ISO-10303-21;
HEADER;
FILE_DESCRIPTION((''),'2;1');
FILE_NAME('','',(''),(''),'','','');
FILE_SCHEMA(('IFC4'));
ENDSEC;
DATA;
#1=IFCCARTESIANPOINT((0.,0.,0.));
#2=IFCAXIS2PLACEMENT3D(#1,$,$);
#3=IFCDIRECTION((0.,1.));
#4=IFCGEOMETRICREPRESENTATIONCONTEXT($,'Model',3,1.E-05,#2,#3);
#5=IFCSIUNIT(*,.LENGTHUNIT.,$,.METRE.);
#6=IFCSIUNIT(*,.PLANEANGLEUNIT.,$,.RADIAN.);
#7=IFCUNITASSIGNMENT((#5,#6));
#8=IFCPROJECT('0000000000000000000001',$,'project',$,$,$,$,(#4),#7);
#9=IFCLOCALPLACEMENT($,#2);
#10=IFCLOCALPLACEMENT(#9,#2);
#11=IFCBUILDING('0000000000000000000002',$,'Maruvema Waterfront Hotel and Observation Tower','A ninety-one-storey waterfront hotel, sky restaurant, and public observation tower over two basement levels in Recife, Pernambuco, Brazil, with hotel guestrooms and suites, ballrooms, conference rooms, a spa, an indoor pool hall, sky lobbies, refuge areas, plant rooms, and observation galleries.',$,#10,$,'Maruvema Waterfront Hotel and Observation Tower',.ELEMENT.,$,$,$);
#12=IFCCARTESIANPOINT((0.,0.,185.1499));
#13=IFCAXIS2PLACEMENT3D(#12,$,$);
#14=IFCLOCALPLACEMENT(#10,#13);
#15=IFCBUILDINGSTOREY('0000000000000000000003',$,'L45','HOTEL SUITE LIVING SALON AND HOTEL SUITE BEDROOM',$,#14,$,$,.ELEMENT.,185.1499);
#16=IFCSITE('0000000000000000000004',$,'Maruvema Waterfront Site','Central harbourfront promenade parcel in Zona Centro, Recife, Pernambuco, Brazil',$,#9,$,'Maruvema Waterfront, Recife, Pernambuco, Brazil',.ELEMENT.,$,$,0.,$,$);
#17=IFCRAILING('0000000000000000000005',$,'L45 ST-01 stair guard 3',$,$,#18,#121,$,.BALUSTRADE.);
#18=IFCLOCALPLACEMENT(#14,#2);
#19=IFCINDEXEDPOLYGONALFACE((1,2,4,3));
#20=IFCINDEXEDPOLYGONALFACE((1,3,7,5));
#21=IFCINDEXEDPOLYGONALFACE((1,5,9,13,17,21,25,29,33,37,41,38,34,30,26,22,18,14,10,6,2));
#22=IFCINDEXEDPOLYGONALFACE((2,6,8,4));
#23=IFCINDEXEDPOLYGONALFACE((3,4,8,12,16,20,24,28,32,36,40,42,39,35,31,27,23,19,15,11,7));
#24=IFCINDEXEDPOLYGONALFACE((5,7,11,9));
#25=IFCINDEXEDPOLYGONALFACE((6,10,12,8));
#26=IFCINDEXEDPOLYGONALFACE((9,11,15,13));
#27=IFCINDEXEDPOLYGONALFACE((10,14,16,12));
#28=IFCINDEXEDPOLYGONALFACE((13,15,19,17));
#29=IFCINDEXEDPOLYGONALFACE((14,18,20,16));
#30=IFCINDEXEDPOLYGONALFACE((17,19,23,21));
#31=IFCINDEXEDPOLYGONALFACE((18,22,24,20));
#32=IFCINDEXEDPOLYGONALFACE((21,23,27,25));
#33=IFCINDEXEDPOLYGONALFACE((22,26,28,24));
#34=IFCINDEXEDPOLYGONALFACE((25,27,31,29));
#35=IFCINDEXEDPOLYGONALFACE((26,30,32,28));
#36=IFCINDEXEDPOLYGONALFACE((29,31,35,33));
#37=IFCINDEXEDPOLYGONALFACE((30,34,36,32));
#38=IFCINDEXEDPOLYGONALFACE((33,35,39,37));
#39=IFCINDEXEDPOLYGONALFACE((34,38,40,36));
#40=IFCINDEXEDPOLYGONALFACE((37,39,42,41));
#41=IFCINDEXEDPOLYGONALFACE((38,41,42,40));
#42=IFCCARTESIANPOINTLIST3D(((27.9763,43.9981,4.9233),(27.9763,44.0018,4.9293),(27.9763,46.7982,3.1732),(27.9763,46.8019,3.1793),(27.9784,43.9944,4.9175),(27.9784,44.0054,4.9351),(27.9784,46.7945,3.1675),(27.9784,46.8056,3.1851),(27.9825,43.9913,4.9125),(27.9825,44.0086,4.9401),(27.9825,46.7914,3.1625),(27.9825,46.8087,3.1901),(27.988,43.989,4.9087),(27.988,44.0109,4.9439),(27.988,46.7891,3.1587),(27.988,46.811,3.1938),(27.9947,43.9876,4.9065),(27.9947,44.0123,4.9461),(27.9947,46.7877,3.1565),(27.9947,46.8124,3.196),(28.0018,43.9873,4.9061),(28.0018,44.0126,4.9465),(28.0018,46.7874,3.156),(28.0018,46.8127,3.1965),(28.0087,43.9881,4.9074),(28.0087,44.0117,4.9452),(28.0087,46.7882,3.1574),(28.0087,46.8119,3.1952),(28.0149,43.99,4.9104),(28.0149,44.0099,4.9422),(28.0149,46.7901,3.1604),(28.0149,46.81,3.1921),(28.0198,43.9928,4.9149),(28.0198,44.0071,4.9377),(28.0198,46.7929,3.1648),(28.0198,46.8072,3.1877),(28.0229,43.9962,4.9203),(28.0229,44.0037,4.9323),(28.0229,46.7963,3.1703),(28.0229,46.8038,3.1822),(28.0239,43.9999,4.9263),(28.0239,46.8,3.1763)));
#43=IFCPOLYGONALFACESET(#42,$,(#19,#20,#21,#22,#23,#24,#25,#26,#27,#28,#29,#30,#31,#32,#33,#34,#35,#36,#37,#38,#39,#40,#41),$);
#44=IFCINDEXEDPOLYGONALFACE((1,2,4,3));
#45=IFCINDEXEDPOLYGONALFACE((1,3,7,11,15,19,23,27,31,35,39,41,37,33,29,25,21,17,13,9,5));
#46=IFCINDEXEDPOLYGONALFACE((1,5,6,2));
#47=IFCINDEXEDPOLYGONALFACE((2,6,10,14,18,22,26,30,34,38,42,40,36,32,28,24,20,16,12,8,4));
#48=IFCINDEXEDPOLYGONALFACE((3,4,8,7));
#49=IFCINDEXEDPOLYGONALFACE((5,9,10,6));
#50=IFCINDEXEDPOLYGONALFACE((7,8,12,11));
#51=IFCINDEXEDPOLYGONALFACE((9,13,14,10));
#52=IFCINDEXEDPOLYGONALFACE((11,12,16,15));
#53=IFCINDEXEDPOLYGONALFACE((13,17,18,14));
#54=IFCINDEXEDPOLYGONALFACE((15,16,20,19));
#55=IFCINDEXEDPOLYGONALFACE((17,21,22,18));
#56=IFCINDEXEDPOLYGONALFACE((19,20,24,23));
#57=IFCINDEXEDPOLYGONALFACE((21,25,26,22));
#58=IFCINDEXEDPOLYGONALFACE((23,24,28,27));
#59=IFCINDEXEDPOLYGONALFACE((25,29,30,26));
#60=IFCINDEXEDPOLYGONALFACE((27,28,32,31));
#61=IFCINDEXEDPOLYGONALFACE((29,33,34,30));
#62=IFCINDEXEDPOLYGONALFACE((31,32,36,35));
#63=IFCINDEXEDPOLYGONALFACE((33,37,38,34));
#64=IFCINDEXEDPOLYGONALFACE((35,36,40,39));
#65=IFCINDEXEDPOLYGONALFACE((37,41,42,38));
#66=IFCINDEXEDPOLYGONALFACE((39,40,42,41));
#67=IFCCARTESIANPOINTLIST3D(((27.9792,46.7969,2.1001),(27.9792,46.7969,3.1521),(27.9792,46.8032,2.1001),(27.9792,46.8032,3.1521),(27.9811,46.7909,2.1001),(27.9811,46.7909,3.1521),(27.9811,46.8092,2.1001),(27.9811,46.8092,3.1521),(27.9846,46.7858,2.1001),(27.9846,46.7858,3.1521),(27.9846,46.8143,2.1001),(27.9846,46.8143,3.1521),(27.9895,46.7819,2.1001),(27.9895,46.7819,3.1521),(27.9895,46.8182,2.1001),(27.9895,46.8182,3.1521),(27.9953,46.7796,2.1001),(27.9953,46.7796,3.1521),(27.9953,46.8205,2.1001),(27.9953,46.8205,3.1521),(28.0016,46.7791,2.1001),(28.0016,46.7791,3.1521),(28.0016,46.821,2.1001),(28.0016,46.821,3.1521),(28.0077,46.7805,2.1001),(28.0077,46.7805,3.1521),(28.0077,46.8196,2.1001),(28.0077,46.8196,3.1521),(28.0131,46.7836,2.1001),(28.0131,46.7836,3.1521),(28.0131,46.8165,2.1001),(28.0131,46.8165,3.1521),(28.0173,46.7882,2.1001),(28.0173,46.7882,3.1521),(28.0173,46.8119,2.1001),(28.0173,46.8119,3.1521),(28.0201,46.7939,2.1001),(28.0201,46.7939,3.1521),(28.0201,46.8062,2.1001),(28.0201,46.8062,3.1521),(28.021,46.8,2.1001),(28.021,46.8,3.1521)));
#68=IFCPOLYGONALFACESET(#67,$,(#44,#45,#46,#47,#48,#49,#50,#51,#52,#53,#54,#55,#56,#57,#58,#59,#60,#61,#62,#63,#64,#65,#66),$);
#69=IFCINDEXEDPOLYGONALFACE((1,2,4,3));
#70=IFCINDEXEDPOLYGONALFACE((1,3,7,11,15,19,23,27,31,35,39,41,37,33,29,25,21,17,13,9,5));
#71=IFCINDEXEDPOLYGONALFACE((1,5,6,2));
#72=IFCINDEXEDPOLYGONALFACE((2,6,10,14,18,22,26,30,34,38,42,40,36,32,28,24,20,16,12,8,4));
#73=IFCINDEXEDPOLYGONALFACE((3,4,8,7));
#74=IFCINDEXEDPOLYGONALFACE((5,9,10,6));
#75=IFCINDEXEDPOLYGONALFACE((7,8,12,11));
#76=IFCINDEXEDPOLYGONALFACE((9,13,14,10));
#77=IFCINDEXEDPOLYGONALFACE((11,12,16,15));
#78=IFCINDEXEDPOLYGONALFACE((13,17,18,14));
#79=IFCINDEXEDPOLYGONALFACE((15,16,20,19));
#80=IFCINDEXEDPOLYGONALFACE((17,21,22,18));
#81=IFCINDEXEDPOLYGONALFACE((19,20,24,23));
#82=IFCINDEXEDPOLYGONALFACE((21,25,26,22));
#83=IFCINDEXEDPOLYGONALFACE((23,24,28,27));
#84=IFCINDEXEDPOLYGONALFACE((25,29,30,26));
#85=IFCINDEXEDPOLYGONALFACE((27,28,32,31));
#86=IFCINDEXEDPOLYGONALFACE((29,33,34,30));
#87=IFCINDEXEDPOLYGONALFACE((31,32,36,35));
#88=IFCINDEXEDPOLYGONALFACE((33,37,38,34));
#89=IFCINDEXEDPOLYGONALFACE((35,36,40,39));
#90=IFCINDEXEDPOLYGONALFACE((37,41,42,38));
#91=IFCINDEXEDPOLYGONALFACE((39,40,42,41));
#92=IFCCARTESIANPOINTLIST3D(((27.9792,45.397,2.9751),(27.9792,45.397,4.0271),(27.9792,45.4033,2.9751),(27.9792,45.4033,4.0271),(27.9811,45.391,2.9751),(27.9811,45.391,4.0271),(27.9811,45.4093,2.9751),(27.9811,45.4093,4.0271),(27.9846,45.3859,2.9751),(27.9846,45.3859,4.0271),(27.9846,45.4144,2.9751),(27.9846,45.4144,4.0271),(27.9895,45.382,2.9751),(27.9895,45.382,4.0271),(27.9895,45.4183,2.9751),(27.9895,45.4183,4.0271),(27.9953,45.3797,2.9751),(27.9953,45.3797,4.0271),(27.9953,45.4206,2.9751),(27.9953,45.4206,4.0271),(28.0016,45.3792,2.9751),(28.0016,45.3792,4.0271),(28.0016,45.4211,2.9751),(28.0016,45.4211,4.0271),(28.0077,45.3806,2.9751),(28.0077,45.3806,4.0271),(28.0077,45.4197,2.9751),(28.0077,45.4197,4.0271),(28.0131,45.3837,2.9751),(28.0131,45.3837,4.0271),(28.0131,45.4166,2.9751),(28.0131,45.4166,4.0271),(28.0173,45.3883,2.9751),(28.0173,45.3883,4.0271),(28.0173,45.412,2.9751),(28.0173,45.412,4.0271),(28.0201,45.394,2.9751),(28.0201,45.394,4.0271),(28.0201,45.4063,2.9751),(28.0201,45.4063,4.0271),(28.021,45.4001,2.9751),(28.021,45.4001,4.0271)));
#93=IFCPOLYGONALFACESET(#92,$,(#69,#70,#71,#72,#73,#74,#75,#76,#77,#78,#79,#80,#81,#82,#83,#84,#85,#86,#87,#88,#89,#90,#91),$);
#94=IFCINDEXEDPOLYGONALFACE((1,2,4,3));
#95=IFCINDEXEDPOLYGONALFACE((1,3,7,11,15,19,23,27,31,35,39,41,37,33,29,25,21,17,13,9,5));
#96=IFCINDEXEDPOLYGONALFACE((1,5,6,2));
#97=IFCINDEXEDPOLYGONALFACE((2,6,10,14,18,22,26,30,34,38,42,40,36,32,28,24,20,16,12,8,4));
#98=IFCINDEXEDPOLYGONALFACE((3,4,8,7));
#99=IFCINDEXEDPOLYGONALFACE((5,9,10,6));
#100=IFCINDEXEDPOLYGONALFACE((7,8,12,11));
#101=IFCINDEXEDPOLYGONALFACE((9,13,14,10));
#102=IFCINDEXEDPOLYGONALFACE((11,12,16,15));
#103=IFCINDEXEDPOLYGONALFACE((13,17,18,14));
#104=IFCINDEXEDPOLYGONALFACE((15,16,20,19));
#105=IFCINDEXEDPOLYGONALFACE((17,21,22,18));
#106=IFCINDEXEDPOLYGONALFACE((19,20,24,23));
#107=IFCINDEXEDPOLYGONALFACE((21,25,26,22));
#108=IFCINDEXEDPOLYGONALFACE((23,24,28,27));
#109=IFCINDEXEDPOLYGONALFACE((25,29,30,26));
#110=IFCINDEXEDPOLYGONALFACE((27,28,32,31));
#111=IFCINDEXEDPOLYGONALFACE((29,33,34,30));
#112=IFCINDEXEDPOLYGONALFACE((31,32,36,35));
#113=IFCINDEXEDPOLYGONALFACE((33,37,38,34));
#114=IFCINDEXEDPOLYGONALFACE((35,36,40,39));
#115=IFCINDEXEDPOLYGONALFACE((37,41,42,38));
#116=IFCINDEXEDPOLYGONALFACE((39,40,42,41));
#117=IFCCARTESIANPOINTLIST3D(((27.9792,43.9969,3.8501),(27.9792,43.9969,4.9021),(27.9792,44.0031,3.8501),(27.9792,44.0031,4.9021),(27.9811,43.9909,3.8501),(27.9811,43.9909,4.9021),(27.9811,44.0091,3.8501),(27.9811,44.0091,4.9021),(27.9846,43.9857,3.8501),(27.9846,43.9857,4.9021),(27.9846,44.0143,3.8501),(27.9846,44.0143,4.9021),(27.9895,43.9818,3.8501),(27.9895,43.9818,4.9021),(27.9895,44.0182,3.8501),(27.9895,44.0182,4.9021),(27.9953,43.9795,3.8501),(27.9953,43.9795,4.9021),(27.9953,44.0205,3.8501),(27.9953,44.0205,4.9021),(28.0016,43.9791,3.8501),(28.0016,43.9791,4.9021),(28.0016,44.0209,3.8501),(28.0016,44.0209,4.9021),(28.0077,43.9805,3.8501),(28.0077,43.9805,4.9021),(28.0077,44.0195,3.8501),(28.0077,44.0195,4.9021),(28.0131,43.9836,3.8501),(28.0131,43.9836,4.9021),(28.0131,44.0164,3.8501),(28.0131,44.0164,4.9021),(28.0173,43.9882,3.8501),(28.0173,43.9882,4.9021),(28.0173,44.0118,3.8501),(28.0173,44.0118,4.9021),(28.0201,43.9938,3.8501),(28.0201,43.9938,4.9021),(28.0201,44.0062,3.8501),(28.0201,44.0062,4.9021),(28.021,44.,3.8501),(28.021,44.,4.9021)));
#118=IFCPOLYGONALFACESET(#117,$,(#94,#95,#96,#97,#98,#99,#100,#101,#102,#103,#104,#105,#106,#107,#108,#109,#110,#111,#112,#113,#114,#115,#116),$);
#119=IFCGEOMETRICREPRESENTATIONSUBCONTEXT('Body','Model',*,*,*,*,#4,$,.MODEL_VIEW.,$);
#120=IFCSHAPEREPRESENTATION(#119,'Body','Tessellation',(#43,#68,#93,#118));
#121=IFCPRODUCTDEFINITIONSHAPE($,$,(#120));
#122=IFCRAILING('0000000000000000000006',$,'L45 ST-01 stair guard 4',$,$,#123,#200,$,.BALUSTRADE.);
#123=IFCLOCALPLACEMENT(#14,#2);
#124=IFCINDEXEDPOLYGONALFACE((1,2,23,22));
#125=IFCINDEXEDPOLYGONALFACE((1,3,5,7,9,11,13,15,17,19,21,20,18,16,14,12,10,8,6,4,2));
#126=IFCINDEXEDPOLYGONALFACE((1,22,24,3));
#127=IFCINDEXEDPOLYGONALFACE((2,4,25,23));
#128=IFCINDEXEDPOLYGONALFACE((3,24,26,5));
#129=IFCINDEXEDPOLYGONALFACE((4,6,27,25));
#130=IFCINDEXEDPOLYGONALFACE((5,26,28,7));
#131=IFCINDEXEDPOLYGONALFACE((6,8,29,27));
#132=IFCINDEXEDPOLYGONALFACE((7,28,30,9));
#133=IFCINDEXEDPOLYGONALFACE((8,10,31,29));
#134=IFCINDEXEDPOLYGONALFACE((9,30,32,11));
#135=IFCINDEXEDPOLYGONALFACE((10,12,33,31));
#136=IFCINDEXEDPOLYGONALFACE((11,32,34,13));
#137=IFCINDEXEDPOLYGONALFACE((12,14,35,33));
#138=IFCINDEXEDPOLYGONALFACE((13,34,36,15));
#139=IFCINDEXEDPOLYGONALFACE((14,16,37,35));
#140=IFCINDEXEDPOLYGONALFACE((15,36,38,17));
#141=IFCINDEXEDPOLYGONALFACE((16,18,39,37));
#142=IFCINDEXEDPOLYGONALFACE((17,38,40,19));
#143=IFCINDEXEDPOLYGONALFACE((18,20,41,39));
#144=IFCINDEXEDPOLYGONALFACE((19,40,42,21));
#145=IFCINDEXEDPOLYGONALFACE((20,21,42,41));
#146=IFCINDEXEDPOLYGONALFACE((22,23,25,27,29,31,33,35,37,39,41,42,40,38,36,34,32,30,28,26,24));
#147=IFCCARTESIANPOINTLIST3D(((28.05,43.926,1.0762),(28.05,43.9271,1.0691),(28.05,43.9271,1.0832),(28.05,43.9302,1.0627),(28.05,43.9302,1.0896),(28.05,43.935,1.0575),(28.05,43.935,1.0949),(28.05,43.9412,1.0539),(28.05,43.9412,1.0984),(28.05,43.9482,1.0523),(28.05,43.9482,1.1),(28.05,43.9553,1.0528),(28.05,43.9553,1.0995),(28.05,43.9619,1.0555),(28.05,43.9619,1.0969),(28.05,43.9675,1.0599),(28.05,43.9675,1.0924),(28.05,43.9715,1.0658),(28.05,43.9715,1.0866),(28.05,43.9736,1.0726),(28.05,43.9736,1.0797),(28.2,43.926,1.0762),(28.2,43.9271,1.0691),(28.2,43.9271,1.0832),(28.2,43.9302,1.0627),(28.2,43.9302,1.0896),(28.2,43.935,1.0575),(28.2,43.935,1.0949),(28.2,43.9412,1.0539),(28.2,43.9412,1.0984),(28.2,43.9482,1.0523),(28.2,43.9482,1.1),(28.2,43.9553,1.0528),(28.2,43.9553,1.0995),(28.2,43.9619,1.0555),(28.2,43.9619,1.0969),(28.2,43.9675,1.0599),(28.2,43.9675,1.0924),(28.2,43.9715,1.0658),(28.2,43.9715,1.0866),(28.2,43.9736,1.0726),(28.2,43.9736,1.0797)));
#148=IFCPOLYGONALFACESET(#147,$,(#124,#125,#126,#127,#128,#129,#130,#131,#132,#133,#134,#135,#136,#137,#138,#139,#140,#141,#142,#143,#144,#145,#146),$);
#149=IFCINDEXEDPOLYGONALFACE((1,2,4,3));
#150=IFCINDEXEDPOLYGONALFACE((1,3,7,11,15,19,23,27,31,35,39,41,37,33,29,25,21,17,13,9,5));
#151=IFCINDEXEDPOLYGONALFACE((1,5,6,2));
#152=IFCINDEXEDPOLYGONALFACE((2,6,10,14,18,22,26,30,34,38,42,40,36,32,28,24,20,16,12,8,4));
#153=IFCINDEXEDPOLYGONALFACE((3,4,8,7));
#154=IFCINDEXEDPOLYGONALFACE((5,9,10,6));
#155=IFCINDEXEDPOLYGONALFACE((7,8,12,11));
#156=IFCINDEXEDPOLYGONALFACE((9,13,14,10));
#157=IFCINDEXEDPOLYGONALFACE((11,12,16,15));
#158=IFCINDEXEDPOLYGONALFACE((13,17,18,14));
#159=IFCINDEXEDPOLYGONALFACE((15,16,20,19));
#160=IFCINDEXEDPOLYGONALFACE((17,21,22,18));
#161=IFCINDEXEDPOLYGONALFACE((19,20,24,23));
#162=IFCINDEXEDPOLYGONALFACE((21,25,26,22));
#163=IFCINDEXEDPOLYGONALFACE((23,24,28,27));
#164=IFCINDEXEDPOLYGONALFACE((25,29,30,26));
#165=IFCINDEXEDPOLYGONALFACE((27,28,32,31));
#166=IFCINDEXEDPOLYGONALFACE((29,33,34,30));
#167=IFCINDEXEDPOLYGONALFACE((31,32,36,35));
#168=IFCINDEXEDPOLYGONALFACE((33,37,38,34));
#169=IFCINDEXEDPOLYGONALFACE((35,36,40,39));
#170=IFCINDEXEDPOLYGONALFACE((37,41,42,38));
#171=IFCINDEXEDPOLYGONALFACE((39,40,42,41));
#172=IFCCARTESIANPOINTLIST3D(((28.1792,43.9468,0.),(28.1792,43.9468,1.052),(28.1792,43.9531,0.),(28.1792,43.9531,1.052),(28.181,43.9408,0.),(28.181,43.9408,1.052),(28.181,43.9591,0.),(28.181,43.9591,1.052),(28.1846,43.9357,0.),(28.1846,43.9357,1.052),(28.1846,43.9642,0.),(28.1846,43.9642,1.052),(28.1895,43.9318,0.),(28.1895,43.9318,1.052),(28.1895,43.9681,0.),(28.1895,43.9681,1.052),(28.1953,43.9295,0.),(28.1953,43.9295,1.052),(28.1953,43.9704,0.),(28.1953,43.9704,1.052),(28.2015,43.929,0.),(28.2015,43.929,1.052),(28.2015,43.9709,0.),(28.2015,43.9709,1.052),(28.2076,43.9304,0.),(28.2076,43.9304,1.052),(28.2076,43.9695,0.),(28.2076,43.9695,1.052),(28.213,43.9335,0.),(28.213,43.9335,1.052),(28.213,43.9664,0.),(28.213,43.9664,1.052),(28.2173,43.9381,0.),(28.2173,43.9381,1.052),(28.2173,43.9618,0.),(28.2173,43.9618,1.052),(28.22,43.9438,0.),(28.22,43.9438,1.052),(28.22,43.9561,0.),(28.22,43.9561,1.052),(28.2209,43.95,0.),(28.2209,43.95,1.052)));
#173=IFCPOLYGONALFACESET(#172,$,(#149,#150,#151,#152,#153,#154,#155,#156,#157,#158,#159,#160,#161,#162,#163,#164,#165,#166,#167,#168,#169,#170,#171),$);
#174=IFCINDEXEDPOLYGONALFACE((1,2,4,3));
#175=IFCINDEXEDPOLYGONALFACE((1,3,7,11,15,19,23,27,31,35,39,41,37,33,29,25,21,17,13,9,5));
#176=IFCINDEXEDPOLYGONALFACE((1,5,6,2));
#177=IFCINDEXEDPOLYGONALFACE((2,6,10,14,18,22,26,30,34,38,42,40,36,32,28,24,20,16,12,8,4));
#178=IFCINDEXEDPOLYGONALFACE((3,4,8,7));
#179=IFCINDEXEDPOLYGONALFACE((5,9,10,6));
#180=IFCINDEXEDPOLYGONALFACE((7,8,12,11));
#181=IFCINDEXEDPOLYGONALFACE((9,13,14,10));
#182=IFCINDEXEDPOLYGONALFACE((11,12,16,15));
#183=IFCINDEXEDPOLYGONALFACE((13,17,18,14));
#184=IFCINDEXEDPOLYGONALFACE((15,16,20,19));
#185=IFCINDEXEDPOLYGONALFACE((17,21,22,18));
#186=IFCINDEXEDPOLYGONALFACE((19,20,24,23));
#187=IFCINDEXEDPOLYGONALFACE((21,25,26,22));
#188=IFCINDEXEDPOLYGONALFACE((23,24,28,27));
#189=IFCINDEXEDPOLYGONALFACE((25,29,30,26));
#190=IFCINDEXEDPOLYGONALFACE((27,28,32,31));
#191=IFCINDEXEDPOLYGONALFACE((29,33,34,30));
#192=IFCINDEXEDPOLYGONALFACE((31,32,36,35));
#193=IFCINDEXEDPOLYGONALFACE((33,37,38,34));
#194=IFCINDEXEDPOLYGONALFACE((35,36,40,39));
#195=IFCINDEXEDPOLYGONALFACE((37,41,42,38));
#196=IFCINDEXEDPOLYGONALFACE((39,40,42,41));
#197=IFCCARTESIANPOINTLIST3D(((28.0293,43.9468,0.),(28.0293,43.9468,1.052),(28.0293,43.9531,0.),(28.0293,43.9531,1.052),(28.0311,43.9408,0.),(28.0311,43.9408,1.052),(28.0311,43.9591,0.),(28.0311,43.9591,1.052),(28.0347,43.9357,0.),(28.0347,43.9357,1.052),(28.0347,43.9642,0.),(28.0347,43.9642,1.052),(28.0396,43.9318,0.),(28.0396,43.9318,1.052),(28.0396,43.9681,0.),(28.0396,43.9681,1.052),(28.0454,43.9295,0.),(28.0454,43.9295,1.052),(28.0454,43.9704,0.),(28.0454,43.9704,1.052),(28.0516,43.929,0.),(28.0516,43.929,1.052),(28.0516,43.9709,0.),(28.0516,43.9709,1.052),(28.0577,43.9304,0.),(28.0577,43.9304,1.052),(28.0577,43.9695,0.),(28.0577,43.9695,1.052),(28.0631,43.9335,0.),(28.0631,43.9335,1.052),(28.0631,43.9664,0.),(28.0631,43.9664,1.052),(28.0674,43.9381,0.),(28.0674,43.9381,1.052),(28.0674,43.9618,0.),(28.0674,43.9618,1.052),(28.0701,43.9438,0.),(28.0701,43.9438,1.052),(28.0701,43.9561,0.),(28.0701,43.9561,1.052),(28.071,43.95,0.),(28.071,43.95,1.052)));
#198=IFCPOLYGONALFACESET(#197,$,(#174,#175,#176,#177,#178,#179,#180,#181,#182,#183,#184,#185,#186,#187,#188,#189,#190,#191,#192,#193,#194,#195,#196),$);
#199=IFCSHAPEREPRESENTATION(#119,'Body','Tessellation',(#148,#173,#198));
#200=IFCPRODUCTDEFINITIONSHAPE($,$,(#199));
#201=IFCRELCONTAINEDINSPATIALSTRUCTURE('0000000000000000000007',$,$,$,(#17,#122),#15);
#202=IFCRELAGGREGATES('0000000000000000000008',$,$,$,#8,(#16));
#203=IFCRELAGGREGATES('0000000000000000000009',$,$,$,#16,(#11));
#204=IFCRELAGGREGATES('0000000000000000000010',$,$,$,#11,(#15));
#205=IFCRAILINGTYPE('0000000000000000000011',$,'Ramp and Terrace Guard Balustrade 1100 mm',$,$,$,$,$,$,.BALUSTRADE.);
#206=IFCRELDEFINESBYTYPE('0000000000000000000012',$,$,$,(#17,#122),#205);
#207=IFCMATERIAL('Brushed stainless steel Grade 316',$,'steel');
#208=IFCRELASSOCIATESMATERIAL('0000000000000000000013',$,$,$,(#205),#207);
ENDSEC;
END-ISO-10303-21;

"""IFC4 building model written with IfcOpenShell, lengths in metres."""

from ifc_helpers import new_model, si_unit, direction, frame, origin, origin_2d, place, context, subcontext, project, spatial, circle, extrude, material, type_object, element, save


model = new_model("IFC4")

# Units and contexts
model_context = context("Model", 3, precision=1e-05, world=origin(), true_north=direction((0.0, 1.0)))
body_context = subcontext(model_context, "Body", "Model", "MODEL_VIEW")
ifc_project = project(units=[si_unit("LENGTHUNIT", "METRE"), si_unit("PLANEANGLEUNIT", "RADIAN")], contexts=[model_context])

# Site, building, storey
site_placement = place(None, origin())
site = spatial("IfcSite", under=ifc_project, at=site_placement, Name="Maruvema Waterfront Site", Description="Central harbourfront promenade parcel in Zona Centro, Recife, Pernambuco, Brazil", LongName="Maruvema Waterfront, Recife, Pernambuco, Brazil", CompositionType="ELEMENT", RefElevation=0.0)
building_placement = place(site_placement, origin())
building = spatial("IfcBuilding", under=site, at=building_placement, Name="Maruvema Waterfront Hotel and Observation Tower", Description="A ninety-one-storey waterfront hotel, sky restaurant, and public observation tower over two basement levels in Recife, Pernambuco, Brazil, with hotel guestrooms and suites, ballrooms, conference rooms, a spa, an indoor pool hall, sky lobbies, refuge areas, plant rooms, and observation galleries.", LongName="Maruvema Waterfront Hotel and Observation Tower", CompositionType="ELEMENT")
storey_placement = place(building_placement, frame((0.0, 0.0, 185.1499)))
storey = spatial("IfcBuildingStorey", under=building, at=storey_placement, Name="L45", Description="HOTEL SUITE LIVING SALON AND HOTEL SUITE BEDROOM", CompositionType="ELEMENT", Elevation=185.1499)

# Railings
ifc_material_1 = material(Name="Brushed stainless steel Grade 316", Category="steel")
railing_type_1 = type_object("IfcRailingType", Name="Ramp and Terrace Guard Balustrade 1100 mm", PredefinedType="BALUSTRADE", material=ifc_material_1)
railing_1_placement = place(storey_placement, frame((28.0, 46.8, 2.1001)))
element("IfcRailing", 1, at=railing_1_placement, inside=storey, type_object=railing_type_1, Name="L45 ST-01 stair guard 3", PredefinedType="BALUSTRADE", context=body_context, shape_type="SweptSolid", body=[
    extrude(circle(Radius=0.0239, at=origin_2d()), frame((0.0, 0.0, 1.0762), z_axis=(0.0, -0.848002, 0.529992), x_axis=(1.0, 0.0, 0.0)), (0.0, 0.0, 1.0), 3.302),
    extrude(circle(Radius=0.021, at=origin_2d()), origin(), (0.0, 0.0, 1.0), 1.052),
    extrude(circle(Radius=0.021, at=origin_2d()), frame((0.0, -1.3999, 0.875)), (0.0, 0.0, 1.0), 1.052),
    extrude(circle(Radius=0.021, at=origin_2d()), frame((0.0, -2.8, 1.75)), (0.0, 0.0, 1.0), 1.052),
])
railing_2_placement = place(storey_placement, frame((28.2, 43.95, 0.0)))
element("IfcRailing", 2, at=railing_2_placement, inside=storey, type_object=railing_type_1, Name="L45 ST-01 stair guard 4", PredefinedType="BALUSTRADE", context=body_context, shape_type="SweptSolid", body=[
    extrude(circle(Radius=0.0239, at=origin_2d()), frame((0.0, 0.0, 1.0762), z_axis=(-1.0, 0.0, 0.0), x_axis=(0.0, -1.0, 0.0)), (0.0, 0.0, 1.0), 0.1499),
    extrude(circle(Radius=0.021, at=origin_2d()), origin(), (0.0, 0.0, 1.0), 1.052),
    extrude(circle(Radius=0.021, at=origin_2d()), frame((-0.1499, 0.0, 0.0)), (0.0, 0.0, 1.0), 1.052),
])

save(model, "model.ifc")
